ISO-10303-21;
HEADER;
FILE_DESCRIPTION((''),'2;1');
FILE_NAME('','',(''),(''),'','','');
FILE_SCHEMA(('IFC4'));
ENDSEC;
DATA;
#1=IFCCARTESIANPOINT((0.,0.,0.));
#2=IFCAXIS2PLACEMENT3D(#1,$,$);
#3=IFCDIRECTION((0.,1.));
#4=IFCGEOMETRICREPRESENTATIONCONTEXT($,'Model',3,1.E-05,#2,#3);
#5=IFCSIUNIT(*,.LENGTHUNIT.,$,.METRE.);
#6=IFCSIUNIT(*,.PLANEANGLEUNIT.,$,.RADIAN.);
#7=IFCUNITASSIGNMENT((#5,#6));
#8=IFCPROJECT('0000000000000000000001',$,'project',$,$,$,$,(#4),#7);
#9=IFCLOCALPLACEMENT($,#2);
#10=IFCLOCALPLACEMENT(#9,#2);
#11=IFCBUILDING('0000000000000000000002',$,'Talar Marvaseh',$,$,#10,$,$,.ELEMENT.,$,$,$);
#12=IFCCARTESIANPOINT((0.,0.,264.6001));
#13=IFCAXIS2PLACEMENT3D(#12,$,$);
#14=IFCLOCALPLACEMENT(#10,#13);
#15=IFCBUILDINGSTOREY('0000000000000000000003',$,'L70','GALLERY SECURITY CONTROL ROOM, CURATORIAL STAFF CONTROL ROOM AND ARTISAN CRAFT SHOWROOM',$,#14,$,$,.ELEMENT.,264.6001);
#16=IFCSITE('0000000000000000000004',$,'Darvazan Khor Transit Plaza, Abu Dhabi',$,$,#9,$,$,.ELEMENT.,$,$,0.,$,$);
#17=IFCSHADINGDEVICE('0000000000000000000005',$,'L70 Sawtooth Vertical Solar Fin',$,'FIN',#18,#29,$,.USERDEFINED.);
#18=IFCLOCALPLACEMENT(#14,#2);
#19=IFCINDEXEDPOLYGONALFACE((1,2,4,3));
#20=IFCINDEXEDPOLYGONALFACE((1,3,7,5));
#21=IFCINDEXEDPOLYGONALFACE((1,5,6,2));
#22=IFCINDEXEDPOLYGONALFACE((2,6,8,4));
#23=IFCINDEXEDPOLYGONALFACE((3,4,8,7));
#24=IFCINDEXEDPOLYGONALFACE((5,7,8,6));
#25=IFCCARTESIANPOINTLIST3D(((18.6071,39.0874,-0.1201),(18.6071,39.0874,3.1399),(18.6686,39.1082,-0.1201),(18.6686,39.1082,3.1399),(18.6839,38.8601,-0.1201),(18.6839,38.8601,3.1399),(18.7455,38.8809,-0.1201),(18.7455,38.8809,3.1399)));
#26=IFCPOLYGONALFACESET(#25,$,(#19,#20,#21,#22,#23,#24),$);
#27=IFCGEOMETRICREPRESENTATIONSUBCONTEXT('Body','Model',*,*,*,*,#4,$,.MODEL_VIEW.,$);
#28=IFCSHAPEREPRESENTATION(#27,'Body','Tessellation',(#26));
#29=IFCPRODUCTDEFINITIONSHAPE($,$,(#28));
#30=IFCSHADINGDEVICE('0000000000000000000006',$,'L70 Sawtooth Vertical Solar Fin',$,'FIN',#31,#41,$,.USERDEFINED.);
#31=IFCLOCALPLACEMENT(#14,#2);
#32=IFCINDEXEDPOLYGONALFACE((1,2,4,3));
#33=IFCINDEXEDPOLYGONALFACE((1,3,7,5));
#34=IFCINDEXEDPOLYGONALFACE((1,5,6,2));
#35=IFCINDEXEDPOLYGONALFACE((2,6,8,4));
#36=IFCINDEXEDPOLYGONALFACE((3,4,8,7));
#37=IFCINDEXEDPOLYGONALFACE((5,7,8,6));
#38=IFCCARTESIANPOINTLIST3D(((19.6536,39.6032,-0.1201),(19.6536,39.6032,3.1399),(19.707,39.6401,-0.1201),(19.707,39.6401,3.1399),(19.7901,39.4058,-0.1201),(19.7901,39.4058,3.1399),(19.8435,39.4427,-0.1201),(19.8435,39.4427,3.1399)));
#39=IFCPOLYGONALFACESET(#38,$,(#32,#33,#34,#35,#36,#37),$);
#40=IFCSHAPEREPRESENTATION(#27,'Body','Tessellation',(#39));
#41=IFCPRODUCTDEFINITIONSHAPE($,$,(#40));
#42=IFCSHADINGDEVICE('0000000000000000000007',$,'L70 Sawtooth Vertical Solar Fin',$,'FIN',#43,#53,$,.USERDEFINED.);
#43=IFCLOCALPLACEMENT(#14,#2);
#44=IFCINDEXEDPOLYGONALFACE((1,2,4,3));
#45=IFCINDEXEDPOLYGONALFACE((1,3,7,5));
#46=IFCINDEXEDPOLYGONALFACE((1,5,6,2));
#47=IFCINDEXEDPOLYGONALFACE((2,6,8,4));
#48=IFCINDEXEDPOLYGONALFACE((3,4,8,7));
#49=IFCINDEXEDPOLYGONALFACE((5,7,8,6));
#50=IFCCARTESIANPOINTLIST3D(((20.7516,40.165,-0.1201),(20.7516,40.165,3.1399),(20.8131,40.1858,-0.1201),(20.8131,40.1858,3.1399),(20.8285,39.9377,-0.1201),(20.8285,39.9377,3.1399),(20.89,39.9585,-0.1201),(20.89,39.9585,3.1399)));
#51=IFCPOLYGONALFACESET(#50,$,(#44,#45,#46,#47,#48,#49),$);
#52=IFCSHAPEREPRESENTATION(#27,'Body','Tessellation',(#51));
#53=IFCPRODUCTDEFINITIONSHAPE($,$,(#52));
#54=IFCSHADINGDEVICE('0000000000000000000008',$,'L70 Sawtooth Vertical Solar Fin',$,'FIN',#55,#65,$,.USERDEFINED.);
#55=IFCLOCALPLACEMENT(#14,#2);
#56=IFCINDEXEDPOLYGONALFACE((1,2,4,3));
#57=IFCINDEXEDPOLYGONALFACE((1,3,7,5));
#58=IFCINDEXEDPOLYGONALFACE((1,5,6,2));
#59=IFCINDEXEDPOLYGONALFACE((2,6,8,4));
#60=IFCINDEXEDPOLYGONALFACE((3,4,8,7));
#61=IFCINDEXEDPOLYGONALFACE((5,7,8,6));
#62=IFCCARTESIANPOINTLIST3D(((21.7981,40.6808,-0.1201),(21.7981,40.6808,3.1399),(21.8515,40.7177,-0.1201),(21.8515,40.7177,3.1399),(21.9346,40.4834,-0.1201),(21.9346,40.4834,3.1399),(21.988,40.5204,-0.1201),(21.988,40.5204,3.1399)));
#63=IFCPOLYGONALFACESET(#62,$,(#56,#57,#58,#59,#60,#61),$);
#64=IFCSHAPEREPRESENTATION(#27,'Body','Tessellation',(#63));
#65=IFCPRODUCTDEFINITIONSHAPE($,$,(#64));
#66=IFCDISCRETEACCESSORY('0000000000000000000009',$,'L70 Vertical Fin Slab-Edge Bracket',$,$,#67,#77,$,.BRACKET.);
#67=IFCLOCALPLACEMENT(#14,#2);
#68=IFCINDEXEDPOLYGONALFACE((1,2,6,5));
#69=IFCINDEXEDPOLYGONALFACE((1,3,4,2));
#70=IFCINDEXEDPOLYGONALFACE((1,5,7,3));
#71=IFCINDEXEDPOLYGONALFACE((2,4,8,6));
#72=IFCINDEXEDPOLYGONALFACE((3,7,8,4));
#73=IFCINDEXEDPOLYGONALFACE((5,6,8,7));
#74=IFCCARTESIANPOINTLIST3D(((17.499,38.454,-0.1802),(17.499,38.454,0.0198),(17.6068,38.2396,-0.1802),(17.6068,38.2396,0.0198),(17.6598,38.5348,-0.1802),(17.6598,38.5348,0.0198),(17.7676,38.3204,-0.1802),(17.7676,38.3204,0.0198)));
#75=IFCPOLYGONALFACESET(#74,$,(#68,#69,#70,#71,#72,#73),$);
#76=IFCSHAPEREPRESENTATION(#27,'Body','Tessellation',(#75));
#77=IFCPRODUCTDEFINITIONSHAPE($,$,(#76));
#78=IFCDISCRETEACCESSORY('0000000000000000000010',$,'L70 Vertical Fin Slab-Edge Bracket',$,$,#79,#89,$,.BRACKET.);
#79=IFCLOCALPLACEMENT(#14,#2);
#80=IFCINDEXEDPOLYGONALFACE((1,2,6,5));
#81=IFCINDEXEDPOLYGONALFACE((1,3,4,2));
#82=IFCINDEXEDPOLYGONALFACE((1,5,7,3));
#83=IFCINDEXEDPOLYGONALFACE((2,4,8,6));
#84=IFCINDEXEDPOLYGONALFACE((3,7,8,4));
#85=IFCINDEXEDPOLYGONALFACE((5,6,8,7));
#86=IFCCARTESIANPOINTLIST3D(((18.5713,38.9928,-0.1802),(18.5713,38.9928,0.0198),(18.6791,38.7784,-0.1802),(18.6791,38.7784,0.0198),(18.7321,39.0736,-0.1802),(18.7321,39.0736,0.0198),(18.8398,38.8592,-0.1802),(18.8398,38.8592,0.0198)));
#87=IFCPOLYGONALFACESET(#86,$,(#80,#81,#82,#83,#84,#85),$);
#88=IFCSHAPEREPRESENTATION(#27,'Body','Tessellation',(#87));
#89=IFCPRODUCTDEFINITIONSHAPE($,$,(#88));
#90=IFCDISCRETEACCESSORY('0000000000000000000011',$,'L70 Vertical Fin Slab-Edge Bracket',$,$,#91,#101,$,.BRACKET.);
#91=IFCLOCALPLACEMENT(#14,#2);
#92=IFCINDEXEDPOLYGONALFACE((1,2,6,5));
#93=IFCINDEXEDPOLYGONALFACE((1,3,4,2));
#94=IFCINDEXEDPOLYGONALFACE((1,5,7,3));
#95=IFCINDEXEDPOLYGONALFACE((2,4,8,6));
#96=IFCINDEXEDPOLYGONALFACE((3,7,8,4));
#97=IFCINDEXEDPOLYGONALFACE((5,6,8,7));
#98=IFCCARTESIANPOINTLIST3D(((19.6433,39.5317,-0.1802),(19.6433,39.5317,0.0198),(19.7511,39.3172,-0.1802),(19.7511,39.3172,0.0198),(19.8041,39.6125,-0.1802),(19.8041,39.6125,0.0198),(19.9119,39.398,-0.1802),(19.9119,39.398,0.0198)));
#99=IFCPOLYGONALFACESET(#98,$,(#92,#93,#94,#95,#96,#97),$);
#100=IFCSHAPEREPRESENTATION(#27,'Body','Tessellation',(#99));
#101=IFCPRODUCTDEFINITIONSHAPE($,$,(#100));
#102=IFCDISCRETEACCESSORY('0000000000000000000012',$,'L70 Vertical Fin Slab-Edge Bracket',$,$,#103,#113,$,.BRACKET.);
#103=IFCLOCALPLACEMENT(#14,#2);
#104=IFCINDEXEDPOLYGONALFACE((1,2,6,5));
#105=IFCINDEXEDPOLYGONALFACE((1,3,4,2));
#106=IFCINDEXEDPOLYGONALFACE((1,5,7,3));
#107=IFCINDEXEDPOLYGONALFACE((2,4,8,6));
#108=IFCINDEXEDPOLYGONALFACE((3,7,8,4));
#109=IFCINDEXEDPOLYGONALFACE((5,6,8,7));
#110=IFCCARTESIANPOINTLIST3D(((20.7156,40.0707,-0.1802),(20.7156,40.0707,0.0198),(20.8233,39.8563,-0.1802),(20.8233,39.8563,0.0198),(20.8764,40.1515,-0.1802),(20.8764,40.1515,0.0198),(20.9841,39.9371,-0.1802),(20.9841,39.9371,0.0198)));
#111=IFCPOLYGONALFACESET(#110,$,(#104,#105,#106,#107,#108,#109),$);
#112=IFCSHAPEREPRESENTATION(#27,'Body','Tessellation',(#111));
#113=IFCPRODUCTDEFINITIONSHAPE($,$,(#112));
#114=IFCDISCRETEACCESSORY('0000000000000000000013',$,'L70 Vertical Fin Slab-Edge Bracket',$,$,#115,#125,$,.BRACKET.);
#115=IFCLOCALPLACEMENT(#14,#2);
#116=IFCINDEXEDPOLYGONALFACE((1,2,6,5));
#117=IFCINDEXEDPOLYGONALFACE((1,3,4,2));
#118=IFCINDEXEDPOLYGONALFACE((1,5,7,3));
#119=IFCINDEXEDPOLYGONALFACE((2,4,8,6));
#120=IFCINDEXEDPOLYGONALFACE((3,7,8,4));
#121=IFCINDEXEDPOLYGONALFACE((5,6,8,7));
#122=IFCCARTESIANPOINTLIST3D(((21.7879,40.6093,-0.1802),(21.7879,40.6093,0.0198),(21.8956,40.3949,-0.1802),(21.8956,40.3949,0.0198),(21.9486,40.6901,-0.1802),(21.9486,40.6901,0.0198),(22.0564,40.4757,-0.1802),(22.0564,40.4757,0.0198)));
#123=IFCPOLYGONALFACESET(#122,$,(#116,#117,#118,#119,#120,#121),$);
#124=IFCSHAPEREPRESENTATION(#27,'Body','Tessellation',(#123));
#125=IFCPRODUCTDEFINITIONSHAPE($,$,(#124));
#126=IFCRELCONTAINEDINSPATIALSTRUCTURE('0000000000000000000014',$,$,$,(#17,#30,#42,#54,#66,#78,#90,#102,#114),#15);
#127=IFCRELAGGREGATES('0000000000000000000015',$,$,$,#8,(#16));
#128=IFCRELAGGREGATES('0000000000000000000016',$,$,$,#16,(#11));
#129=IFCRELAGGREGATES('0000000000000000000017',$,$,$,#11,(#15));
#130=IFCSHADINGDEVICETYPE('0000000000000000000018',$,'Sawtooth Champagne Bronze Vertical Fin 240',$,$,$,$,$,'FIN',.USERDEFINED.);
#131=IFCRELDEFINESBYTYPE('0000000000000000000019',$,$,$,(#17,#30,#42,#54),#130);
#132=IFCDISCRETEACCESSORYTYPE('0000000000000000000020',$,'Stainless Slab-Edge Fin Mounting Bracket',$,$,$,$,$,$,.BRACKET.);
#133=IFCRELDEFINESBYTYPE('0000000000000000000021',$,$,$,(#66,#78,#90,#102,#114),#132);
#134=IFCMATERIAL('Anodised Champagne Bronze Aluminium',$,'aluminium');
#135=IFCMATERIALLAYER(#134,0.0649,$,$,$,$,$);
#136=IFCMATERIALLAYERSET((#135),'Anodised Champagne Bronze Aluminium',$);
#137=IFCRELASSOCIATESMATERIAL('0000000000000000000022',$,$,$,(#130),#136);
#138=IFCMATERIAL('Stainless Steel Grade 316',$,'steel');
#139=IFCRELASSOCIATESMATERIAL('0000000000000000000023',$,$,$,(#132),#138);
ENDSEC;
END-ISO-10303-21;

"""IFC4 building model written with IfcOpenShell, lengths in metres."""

from ifc_helpers import new_model, si_unit, direction, frame, origin, origin_2d, place, context, subcontext, project, spatial, rectangle, extrude, source, transform, mapped, material, layer, layer_set, type_object, type_shapes, element, save


model = new_model("IFC4")

# Units and contexts
model_context = context("Model", 3, precision=1e-05, world=origin(), true_north=direction((0.0, 1.0)))
body_context = subcontext(model_context, "Body", "Model", "MODEL_VIEW")
ifc_project = project(units=[si_unit("LENGTHUNIT", "METRE"), si_unit("PLANEANGLEUNIT", "RADIAN")], contexts=[model_context])

# Site, building, storey
site_placement = place(None, origin())
site = spatial("IfcSite", under=ifc_project, at=site_placement, Name="Darvazan Khor Transit Plaza, Abu Dhabi", CompositionType="ELEMENT", RefElevation=0.0)
building_placement = place(site_placement, origin())
building = spatial("IfcBuilding", under=site, at=building_placement, Name="Talar Marvaseh", CompositionType="ELEMENT")
storey_placement = place(building_placement, frame((0.0, 0.0, 264.6001)))
storey = spatial("IfcBuildingStorey", under=building, at=storey_placement, Name="L70", Description="GALLERY SECURITY CONTROL ROOM, CURATORIAL STAFF CONTROL ROOM AND ARTISAN CRAFT SHOWROOM", CompositionType="ELEMENT", Elevation=264.6001)

# Shading devices
ifc_material_1 = material(Name="Anodised Champagne Bronze Aluminium", Category="aluminium")
ifc_layer_1 = layer(ifc_material_1, 0.0649)
ifc_layer_set_1 = layer_set([ifc_layer_1], Name="Anodised Champagne Bronze Aluminium")
shading_device_type = type_object("IfcShadingDeviceType", Name="Sawtooth Champagne Bronze Vertical Fin 240", ElementType="FIN", PredefinedType="USERDEFINED", material=ifc_layer_set_1)
shared_shape_1 = source(origin(), body_context, "Body", "SweptSolid", [
    extrude(rectangle(XDim=0.24, YDim=0.0649, at=origin_2d()), origin(), (0.0, 0.0, 1.0), 3.26),
])
type_shapes(shading_device_type, [shared_shape_1])
for number, where, z_axis, x_axis, name in (
    (1, (18.6763, 38.9841, -0.1201), (0.0, 0.0, 1.0), (-0.320282, 0.947322, 0.0), "L70 Sawtooth Vertical Solar Fin"),
    (2, (19.7485, 39.5229, -0.1201), (0.0, 0.0, 1.0), (-0.568993, 0.822343, 0.0), "L70 Sawtooth Vertical Solar Fin"),
    (3, (20.8208, 40.0618, -0.1201), (0.0, 0.0, 1.0), (-0.320282, 0.947322, 0.0), "L70 Sawtooth Vertical Solar Fin"),
    (4, (21.8931, 40.6006, -0.1201), (0.0, 0.0, 1.0), (-0.568993, 0.822343, 0.0), "L70 Sawtooth Vertical Solar Fin"),
):
    element("IfcShadingDevice", number, at=place(storey_placement, frame(where, z_axis=z_axis, x_axis=x_axis)), inside=storey, type_object=shading_device_type, Name=name, ObjectType="FIN", PredefinedType="USERDEFINED", context=body_context, shape_type="MappedRepresentation", body=[
        mapped(shared_shape_1, transform((0.0, 0.0, 0.0), x_axis=(1.0, 0.0, 0.0), y_axis=(0.0, 1.0, 0.0), z_axis=(0.0, 0.0, 1.0), scale=1.0)),
    ])

# Discrete accessories
ifc_material_2 = material(Name="Stainless Steel Grade 316", Category="steel")
discrete_accessory_type = type_object("IfcDiscreteAccessoryType", Name="Stainless Slab-Edge Fin Mounting Bracket", PredefinedType="BRACKET", material=ifc_material_2)
shared_shape_2 = source(origin(), body_context, "Body", "SweptSolid", [
    extrude(rectangle(XDim=0.24, YDim=0.1799, at=origin_2d()), origin(), (0.0, 0.0, 1.0), 0.2),
])
type_shapes(discrete_accessory_type, [shared_shape_2])
for number, where, z_axis, x_axis, name in (
    (5, (17.6333, 38.3872, -0.1802), (0.0, 0.0, 1.0), (-0.449007, 0.893528, 0.0), "L70 Vertical Fin Slab-Edge Bracket"),
    (6, (18.7056, 38.926, -0.1802), (0.0, 0.0, 1.0), (-0.449007, 0.893528, 0.0), "L70 Vertical Fin Slab-Edge Bracket"),
    (7, (19.7776, 39.4648, -0.1802), (0.0, 0.0, 1.0), (-0.449007, 0.893528, 0.0), "L70 Vertical Fin Slab-Edge Bracket"),
    (8, (20.8499, 40.0039, -0.1802), (0.0, 0.0, 1.0), (-0.449007, 0.893528, 0.0), "L70 Vertical Fin Slab-Edge Bracket"),
    (9, (21.9221, 40.5425, -0.1802), (0.0, 0.0, 1.0), (-0.449007, 0.893528, 0.0), "L70 Vertical Fin Slab-Edge Bracket"),
):
    element("IfcDiscreteAccessory", number, at=place(storey_placement, frame(where, z_axis=z_axis, x_axis=x_axis)), inside=storey, type_object=discrete_accessory_type, Name=name, PredefinedType="BRACKET", context=body_context, shape_type="MappedRepresentation", body=[
        mapped(shared_shape_2, transform((0.0, 0.0, 0.0), x_axis=(1.0, 0.0, 0.0), y_axis=(0.0, 1.0, 0.0), z_axis=(0.0, 0.0, 1.0), scale=1.0)),
    ])

save(model, "model.ifc")
